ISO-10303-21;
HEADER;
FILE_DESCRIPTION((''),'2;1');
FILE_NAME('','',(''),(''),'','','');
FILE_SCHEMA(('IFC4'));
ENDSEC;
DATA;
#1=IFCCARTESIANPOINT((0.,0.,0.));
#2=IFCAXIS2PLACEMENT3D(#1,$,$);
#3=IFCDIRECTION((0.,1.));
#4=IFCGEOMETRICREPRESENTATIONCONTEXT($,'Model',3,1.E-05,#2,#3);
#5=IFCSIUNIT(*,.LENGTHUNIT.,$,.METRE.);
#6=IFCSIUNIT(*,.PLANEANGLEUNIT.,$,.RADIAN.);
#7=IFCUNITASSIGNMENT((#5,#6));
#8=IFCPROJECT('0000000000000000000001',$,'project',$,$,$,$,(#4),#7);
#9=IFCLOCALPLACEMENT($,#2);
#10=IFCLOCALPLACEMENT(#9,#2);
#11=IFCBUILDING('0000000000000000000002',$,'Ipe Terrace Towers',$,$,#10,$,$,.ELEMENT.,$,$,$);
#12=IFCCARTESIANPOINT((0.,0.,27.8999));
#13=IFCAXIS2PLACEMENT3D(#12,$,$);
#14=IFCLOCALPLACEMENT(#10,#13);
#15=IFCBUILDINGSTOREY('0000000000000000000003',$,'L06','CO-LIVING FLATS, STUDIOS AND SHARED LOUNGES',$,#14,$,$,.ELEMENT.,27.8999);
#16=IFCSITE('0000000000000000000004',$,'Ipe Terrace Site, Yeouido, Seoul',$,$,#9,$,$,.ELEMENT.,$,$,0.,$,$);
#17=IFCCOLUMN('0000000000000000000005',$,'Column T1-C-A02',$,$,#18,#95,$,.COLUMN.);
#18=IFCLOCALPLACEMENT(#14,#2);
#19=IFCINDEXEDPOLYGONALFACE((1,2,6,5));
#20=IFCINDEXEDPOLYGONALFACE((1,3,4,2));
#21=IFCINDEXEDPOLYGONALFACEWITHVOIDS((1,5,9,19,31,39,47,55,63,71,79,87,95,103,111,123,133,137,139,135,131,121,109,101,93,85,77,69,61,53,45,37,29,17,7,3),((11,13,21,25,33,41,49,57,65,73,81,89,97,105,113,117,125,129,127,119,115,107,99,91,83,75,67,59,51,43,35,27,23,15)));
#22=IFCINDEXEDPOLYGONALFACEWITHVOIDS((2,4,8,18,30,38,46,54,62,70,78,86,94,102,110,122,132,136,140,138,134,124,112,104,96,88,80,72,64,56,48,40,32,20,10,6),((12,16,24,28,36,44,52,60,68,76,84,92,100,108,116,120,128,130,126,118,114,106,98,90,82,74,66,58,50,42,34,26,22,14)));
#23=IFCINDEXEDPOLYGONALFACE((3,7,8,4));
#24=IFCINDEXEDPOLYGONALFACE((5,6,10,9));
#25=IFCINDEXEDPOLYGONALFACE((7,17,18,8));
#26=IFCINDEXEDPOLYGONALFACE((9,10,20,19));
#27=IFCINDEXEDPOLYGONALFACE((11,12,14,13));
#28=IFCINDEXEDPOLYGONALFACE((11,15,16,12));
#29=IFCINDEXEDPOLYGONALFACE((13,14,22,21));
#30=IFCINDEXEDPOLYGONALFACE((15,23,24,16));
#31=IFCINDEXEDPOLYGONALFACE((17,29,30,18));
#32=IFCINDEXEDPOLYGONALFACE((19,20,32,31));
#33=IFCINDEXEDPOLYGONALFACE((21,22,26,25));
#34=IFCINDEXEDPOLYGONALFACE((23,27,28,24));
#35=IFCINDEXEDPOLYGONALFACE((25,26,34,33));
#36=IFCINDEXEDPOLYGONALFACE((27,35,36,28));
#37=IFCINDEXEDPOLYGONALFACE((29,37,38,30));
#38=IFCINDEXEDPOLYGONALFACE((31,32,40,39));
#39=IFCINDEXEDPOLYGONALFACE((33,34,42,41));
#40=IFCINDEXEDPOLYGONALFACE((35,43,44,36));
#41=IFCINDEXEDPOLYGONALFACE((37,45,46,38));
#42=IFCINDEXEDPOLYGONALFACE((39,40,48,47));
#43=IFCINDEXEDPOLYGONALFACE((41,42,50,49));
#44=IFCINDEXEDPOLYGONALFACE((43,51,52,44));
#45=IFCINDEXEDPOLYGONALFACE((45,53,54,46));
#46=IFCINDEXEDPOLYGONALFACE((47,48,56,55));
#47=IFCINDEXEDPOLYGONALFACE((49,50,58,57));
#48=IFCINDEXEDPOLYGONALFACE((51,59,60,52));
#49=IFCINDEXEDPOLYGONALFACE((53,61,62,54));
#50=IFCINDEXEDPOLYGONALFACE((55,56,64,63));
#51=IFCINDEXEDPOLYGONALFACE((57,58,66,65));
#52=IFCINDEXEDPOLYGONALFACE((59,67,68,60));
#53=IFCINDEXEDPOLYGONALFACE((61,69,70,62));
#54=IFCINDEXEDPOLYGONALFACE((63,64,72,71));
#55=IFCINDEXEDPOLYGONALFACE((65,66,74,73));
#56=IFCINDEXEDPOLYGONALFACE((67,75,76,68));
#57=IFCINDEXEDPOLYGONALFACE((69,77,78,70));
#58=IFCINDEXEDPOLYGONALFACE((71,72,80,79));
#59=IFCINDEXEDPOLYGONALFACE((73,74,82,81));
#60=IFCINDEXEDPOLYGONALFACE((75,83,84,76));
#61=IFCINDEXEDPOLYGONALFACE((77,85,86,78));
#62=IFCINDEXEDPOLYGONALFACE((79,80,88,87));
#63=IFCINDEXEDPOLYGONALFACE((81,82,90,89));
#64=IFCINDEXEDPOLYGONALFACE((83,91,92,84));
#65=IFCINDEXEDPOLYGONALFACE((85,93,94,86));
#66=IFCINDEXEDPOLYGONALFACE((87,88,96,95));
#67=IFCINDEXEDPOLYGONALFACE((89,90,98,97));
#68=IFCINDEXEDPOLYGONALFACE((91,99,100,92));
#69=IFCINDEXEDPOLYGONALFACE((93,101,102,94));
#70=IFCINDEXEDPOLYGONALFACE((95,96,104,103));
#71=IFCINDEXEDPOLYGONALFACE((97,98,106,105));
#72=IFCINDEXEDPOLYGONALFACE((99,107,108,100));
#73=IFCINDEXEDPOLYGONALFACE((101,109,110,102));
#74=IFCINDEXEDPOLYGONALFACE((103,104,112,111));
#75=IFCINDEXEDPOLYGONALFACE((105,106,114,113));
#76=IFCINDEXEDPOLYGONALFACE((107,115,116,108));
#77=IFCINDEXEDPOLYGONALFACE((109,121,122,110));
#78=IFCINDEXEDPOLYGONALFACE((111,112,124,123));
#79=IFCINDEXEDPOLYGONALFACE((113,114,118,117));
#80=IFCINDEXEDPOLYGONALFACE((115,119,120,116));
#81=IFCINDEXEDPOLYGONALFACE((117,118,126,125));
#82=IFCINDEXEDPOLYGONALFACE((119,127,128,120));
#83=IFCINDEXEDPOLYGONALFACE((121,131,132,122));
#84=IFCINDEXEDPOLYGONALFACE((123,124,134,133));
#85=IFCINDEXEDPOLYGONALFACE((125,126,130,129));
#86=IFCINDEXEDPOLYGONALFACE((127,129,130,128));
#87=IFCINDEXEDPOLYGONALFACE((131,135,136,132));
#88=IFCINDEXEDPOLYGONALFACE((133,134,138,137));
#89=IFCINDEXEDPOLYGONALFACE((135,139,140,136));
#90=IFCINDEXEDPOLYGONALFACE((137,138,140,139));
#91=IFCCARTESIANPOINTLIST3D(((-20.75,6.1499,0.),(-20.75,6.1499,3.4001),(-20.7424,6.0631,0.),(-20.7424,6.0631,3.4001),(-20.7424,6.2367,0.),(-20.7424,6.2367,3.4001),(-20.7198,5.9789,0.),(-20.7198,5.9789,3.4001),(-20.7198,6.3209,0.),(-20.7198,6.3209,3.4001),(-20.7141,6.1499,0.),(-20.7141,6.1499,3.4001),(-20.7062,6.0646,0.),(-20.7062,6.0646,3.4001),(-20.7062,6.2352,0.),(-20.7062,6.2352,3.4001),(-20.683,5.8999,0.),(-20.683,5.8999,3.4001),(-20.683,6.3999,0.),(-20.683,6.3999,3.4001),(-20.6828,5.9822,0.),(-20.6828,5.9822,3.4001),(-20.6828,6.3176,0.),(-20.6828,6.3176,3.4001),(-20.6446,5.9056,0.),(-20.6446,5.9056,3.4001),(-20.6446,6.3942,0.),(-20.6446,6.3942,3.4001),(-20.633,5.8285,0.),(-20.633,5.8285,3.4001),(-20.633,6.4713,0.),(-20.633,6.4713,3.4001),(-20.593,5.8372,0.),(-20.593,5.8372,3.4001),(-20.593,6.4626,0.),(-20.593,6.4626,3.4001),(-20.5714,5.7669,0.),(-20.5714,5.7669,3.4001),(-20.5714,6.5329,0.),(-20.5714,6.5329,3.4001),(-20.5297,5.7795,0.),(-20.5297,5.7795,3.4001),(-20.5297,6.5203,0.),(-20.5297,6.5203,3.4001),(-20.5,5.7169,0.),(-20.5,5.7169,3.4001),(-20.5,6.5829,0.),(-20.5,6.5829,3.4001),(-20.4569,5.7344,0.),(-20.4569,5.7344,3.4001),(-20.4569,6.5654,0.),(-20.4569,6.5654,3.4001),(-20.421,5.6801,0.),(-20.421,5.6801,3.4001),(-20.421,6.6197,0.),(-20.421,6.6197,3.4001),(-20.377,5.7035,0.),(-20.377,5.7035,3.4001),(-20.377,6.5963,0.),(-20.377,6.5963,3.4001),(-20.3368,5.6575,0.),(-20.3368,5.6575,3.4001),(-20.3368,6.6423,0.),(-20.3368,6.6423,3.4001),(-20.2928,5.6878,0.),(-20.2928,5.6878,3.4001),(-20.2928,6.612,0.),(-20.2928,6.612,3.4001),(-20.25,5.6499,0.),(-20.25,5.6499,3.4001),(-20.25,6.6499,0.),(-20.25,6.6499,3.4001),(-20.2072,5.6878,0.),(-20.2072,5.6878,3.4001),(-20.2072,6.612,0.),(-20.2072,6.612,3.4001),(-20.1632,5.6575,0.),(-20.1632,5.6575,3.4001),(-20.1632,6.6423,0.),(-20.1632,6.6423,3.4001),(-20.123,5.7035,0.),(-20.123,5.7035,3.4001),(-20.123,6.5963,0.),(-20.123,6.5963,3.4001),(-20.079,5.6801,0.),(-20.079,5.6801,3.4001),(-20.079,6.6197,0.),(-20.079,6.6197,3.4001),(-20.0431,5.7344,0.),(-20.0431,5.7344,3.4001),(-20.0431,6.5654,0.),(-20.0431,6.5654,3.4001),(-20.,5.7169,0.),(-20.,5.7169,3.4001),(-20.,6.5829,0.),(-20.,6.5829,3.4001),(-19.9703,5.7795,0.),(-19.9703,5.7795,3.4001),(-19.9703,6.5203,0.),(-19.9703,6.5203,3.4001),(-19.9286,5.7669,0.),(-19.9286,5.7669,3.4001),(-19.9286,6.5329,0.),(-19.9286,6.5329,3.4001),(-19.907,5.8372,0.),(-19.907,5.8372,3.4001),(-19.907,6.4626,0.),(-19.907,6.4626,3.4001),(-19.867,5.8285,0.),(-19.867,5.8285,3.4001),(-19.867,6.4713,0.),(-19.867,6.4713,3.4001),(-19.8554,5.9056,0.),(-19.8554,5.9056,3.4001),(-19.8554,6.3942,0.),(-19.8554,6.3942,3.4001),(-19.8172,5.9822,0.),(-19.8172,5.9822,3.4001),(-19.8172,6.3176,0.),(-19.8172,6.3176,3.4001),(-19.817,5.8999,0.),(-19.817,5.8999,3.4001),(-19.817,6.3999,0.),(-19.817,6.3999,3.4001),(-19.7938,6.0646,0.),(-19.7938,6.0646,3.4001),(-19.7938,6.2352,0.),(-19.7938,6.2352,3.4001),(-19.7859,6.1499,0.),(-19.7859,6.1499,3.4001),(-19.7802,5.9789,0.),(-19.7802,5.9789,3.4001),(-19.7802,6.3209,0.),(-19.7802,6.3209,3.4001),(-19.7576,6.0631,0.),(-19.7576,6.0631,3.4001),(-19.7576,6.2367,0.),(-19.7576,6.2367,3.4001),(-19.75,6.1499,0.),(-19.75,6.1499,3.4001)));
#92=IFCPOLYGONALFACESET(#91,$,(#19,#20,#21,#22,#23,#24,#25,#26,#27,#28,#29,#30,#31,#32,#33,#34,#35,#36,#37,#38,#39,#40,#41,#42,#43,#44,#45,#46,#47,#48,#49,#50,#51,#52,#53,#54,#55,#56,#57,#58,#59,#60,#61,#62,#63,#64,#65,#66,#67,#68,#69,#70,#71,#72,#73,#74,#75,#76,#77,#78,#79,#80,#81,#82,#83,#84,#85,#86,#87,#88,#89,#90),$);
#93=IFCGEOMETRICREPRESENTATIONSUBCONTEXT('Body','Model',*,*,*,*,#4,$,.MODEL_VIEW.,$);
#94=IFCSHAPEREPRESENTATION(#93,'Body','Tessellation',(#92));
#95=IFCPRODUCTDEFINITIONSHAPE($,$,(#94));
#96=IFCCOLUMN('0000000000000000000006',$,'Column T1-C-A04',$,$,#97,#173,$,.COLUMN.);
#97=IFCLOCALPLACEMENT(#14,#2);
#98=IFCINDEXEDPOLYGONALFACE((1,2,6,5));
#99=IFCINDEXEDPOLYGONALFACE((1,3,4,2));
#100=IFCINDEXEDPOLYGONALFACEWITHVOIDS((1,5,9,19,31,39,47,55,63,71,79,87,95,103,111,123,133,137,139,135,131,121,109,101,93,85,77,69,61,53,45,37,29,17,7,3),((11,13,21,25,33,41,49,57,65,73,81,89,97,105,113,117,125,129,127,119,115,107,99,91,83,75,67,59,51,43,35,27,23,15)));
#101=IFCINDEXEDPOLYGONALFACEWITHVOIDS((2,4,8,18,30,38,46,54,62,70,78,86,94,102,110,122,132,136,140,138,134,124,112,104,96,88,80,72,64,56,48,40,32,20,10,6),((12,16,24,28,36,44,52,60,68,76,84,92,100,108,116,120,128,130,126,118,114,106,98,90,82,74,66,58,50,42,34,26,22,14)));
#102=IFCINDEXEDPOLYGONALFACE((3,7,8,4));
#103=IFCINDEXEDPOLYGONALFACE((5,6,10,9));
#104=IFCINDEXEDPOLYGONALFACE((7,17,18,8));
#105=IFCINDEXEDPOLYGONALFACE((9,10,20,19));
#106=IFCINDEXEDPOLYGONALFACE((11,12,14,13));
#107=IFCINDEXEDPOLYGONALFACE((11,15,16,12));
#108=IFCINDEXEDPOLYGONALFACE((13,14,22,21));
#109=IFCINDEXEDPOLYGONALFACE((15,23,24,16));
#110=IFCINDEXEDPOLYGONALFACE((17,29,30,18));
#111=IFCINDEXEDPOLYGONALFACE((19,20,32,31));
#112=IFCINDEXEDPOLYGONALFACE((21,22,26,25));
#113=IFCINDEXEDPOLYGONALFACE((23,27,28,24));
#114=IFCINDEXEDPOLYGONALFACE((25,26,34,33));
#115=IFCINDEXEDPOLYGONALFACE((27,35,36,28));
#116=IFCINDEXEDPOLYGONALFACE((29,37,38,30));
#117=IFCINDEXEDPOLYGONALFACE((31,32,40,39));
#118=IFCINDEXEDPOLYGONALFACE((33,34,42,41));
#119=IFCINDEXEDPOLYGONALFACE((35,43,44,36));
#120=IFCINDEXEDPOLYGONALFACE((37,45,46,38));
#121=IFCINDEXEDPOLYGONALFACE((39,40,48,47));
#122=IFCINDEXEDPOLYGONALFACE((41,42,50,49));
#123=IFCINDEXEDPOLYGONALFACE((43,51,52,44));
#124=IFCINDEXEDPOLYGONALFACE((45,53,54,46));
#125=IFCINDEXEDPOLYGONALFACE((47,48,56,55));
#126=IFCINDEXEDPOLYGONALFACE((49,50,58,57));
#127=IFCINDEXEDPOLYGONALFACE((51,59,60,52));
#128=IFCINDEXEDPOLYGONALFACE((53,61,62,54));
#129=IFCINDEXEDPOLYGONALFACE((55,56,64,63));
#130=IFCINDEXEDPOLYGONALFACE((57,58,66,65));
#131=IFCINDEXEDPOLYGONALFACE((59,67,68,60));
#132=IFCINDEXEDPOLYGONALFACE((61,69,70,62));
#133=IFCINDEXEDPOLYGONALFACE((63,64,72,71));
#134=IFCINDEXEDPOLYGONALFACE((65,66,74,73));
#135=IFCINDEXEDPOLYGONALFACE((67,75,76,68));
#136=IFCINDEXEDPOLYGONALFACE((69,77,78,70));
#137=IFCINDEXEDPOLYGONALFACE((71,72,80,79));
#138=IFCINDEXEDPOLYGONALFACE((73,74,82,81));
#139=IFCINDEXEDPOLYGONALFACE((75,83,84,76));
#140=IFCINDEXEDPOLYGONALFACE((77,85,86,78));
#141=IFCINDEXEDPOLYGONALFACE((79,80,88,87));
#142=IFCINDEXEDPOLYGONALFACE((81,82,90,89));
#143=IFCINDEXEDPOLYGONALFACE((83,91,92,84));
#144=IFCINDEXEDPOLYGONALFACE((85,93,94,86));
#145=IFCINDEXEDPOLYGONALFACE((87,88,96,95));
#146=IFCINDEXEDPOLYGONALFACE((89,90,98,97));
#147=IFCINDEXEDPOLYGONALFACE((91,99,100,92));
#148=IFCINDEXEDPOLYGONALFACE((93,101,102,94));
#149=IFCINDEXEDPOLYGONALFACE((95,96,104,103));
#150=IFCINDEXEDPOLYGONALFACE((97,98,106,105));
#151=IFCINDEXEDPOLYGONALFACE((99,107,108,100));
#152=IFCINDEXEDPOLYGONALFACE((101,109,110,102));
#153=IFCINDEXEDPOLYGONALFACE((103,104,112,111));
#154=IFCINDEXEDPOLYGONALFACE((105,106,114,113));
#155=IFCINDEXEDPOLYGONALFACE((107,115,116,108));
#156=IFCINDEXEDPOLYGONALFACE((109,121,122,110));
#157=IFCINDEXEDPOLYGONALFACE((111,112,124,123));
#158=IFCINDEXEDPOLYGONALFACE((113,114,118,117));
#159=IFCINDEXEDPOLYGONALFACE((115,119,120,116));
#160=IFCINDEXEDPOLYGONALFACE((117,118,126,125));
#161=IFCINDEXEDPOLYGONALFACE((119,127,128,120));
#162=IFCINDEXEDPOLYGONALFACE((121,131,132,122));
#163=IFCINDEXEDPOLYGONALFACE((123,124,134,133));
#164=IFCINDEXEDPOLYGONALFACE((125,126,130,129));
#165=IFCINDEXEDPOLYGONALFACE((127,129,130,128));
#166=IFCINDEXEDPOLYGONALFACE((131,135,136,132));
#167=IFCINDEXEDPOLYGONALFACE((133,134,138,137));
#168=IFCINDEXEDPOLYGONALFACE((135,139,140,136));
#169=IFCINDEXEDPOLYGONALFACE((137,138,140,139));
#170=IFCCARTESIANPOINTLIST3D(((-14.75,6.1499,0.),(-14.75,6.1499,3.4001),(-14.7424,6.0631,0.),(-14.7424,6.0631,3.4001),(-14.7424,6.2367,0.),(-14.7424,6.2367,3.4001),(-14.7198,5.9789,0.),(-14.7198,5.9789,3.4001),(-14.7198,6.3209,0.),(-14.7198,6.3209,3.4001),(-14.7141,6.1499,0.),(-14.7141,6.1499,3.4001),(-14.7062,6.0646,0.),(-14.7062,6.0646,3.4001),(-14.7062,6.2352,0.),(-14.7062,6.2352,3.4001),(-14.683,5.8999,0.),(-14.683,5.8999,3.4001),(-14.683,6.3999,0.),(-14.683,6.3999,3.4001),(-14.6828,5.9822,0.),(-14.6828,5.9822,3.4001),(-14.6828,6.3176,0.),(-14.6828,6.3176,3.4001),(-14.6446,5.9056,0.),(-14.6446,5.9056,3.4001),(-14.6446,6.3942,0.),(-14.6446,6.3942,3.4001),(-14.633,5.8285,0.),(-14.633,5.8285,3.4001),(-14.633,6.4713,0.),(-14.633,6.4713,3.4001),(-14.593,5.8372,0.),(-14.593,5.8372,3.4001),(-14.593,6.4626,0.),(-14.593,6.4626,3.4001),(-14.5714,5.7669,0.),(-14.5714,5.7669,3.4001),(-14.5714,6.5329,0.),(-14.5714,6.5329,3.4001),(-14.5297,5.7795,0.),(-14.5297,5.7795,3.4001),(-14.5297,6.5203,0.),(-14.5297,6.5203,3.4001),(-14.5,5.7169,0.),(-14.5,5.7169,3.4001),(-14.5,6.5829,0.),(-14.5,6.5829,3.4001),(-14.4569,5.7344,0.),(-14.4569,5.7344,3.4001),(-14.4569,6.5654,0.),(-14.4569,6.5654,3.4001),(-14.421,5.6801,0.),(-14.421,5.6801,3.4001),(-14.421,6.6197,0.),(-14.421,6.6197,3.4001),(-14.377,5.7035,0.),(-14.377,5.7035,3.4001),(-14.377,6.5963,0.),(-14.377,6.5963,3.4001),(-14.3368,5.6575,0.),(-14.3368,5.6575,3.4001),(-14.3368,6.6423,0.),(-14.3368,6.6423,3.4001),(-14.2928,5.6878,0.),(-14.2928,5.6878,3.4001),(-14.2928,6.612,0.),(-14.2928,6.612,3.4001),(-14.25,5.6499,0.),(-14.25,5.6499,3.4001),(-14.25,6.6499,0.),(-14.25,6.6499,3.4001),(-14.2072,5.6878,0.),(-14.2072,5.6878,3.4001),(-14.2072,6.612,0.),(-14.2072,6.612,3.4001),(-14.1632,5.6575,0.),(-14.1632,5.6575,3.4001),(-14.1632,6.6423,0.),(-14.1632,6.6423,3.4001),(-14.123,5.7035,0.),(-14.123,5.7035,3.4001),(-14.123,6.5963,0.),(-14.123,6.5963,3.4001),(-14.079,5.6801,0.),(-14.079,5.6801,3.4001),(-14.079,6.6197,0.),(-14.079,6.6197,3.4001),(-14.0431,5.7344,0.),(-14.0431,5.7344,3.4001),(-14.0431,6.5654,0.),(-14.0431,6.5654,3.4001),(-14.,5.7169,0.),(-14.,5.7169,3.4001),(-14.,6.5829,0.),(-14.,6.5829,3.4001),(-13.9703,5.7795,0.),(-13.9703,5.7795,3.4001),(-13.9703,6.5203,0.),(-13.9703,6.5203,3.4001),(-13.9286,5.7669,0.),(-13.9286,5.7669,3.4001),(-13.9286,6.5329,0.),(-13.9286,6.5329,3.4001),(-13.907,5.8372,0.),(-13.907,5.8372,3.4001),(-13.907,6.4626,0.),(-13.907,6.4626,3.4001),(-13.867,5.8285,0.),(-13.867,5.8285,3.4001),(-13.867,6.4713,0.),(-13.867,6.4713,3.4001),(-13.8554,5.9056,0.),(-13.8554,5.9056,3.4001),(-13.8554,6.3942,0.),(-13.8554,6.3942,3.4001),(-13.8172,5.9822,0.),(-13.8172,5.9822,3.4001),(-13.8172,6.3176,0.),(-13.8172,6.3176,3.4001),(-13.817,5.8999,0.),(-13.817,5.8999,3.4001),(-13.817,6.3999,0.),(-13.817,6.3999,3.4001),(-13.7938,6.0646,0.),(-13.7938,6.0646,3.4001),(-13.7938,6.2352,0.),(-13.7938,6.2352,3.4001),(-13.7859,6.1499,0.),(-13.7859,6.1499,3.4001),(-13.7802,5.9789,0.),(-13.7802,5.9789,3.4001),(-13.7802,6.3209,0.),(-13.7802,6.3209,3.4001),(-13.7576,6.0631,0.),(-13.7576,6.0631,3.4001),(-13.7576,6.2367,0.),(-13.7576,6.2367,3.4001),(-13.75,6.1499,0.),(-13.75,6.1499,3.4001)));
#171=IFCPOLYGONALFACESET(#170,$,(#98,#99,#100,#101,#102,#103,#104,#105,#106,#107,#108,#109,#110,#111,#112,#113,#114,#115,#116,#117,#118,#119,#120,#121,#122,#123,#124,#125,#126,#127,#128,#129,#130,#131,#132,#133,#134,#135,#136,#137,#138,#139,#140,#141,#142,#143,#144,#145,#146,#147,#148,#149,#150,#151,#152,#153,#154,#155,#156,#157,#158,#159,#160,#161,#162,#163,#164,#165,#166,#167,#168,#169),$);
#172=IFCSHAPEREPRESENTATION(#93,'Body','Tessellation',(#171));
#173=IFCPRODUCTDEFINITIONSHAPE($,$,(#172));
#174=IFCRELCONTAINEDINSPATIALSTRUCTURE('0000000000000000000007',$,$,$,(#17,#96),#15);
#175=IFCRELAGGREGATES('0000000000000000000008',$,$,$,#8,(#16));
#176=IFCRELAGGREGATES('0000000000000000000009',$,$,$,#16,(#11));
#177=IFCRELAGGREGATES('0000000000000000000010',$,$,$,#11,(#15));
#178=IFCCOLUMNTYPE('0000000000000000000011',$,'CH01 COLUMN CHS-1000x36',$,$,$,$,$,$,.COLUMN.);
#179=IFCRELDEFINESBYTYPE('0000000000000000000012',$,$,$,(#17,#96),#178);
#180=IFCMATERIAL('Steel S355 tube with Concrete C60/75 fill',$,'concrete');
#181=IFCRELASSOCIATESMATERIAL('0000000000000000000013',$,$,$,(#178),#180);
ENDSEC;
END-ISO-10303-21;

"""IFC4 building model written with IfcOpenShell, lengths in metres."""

from ifc_helpers import new_model, si_unit, direction, frame, origin, origin_2d, place, context, subcontext, project, spatial, hollow_circle, extrude, material, material_profile, profile_set, type_object, element, save


model = new_model("IFC4")

# Units and contexts
model_context = context("Model", 3, precision=1e-05, world=origin(), true_north=direction((0.0, 1.0)))
body_context = subcontext(model_context, "Body", "Model", "MODEL_VIEW")
ifc_project = project(units=[si_unit("LENGTHUNIT", "METRE"), si_unit("PLANEANGLEUNIT", "RADIAN")], contexts=[model_context])

# Site, building, storey
site_placement = place(None, origin())
site = spatial("IfcSite", under=ifc_project, at=site_placement, Name="Ipe Terrace Site, Yeouido, Seoul", CompositionType="ELEMENT", RefElevation=0.0)
building_placement = place(site_placement, origin())
building = spatial("IfcBuilding", under=site, at=building_placement, Name="Ipe Terrace Towers", CompositionType="ELEMENT")
storey_placement = place(building_placement, frame((0.0, 0.0, 27.8999)))
storey = spatial("IfcBuildingStorey", under=building, at=storey_placement, Name="L06", Description="CO-LIVING FLATS, STUDIOS AND SHARED LOUNGES", CompositionType="ELEMENT", Elevation=27.8999)

# Columns
ifc_material_1 = material(Name="Steel S355 tube with Concrete C60/75 fill", Category="concrete")
ifc_material_profile_1 = material_profile(ifc_material_1, hollow_circle(Radius=0.5, WallThickness=0.0359, at=origin_2d()), Name="CHS-1000x36")
ifc_profile_set_1 = profile_set([ifc_material_profile_1], Name="Steel S355 tube with Concrete C60/75 fill")
column_type = type_object("IfcColumnType", Name="CH01 COLUMN CHS-1000x36", PredefinedType="COLUMN", material=ifc_profile_set_1)
for number, where, z_axis, x_axis, name in (
    (1, (-20.25, 6.1499, 0.0), (0.0, 0.0, 1.0), (1.0, 0.0, 0.0), "Column T1-C-A02"),
    (2, (-14.25, 6.1499, 0.0), (0.0, 0.0, 1.0), (1.0, 0.0, 0.0), "Column T1-C-A04"),
):
    element("IfcColumn", number, at=place(storey_placement, frame(where, z_axis=z_axis, x_axis=x_axis)), inside=storey, type_object=column_type, Name=name, PredefinedType="COLUMN", context=body_context, shape_type="SweptSolid", body=[
        extrude(hollow_circle(Radius=0.5, WallThickness=0.0359, at=origin_2d()), origin(), (0.0, 0.0, 1.0), 3.4001),
    ])

save(model, "model.ifc")
